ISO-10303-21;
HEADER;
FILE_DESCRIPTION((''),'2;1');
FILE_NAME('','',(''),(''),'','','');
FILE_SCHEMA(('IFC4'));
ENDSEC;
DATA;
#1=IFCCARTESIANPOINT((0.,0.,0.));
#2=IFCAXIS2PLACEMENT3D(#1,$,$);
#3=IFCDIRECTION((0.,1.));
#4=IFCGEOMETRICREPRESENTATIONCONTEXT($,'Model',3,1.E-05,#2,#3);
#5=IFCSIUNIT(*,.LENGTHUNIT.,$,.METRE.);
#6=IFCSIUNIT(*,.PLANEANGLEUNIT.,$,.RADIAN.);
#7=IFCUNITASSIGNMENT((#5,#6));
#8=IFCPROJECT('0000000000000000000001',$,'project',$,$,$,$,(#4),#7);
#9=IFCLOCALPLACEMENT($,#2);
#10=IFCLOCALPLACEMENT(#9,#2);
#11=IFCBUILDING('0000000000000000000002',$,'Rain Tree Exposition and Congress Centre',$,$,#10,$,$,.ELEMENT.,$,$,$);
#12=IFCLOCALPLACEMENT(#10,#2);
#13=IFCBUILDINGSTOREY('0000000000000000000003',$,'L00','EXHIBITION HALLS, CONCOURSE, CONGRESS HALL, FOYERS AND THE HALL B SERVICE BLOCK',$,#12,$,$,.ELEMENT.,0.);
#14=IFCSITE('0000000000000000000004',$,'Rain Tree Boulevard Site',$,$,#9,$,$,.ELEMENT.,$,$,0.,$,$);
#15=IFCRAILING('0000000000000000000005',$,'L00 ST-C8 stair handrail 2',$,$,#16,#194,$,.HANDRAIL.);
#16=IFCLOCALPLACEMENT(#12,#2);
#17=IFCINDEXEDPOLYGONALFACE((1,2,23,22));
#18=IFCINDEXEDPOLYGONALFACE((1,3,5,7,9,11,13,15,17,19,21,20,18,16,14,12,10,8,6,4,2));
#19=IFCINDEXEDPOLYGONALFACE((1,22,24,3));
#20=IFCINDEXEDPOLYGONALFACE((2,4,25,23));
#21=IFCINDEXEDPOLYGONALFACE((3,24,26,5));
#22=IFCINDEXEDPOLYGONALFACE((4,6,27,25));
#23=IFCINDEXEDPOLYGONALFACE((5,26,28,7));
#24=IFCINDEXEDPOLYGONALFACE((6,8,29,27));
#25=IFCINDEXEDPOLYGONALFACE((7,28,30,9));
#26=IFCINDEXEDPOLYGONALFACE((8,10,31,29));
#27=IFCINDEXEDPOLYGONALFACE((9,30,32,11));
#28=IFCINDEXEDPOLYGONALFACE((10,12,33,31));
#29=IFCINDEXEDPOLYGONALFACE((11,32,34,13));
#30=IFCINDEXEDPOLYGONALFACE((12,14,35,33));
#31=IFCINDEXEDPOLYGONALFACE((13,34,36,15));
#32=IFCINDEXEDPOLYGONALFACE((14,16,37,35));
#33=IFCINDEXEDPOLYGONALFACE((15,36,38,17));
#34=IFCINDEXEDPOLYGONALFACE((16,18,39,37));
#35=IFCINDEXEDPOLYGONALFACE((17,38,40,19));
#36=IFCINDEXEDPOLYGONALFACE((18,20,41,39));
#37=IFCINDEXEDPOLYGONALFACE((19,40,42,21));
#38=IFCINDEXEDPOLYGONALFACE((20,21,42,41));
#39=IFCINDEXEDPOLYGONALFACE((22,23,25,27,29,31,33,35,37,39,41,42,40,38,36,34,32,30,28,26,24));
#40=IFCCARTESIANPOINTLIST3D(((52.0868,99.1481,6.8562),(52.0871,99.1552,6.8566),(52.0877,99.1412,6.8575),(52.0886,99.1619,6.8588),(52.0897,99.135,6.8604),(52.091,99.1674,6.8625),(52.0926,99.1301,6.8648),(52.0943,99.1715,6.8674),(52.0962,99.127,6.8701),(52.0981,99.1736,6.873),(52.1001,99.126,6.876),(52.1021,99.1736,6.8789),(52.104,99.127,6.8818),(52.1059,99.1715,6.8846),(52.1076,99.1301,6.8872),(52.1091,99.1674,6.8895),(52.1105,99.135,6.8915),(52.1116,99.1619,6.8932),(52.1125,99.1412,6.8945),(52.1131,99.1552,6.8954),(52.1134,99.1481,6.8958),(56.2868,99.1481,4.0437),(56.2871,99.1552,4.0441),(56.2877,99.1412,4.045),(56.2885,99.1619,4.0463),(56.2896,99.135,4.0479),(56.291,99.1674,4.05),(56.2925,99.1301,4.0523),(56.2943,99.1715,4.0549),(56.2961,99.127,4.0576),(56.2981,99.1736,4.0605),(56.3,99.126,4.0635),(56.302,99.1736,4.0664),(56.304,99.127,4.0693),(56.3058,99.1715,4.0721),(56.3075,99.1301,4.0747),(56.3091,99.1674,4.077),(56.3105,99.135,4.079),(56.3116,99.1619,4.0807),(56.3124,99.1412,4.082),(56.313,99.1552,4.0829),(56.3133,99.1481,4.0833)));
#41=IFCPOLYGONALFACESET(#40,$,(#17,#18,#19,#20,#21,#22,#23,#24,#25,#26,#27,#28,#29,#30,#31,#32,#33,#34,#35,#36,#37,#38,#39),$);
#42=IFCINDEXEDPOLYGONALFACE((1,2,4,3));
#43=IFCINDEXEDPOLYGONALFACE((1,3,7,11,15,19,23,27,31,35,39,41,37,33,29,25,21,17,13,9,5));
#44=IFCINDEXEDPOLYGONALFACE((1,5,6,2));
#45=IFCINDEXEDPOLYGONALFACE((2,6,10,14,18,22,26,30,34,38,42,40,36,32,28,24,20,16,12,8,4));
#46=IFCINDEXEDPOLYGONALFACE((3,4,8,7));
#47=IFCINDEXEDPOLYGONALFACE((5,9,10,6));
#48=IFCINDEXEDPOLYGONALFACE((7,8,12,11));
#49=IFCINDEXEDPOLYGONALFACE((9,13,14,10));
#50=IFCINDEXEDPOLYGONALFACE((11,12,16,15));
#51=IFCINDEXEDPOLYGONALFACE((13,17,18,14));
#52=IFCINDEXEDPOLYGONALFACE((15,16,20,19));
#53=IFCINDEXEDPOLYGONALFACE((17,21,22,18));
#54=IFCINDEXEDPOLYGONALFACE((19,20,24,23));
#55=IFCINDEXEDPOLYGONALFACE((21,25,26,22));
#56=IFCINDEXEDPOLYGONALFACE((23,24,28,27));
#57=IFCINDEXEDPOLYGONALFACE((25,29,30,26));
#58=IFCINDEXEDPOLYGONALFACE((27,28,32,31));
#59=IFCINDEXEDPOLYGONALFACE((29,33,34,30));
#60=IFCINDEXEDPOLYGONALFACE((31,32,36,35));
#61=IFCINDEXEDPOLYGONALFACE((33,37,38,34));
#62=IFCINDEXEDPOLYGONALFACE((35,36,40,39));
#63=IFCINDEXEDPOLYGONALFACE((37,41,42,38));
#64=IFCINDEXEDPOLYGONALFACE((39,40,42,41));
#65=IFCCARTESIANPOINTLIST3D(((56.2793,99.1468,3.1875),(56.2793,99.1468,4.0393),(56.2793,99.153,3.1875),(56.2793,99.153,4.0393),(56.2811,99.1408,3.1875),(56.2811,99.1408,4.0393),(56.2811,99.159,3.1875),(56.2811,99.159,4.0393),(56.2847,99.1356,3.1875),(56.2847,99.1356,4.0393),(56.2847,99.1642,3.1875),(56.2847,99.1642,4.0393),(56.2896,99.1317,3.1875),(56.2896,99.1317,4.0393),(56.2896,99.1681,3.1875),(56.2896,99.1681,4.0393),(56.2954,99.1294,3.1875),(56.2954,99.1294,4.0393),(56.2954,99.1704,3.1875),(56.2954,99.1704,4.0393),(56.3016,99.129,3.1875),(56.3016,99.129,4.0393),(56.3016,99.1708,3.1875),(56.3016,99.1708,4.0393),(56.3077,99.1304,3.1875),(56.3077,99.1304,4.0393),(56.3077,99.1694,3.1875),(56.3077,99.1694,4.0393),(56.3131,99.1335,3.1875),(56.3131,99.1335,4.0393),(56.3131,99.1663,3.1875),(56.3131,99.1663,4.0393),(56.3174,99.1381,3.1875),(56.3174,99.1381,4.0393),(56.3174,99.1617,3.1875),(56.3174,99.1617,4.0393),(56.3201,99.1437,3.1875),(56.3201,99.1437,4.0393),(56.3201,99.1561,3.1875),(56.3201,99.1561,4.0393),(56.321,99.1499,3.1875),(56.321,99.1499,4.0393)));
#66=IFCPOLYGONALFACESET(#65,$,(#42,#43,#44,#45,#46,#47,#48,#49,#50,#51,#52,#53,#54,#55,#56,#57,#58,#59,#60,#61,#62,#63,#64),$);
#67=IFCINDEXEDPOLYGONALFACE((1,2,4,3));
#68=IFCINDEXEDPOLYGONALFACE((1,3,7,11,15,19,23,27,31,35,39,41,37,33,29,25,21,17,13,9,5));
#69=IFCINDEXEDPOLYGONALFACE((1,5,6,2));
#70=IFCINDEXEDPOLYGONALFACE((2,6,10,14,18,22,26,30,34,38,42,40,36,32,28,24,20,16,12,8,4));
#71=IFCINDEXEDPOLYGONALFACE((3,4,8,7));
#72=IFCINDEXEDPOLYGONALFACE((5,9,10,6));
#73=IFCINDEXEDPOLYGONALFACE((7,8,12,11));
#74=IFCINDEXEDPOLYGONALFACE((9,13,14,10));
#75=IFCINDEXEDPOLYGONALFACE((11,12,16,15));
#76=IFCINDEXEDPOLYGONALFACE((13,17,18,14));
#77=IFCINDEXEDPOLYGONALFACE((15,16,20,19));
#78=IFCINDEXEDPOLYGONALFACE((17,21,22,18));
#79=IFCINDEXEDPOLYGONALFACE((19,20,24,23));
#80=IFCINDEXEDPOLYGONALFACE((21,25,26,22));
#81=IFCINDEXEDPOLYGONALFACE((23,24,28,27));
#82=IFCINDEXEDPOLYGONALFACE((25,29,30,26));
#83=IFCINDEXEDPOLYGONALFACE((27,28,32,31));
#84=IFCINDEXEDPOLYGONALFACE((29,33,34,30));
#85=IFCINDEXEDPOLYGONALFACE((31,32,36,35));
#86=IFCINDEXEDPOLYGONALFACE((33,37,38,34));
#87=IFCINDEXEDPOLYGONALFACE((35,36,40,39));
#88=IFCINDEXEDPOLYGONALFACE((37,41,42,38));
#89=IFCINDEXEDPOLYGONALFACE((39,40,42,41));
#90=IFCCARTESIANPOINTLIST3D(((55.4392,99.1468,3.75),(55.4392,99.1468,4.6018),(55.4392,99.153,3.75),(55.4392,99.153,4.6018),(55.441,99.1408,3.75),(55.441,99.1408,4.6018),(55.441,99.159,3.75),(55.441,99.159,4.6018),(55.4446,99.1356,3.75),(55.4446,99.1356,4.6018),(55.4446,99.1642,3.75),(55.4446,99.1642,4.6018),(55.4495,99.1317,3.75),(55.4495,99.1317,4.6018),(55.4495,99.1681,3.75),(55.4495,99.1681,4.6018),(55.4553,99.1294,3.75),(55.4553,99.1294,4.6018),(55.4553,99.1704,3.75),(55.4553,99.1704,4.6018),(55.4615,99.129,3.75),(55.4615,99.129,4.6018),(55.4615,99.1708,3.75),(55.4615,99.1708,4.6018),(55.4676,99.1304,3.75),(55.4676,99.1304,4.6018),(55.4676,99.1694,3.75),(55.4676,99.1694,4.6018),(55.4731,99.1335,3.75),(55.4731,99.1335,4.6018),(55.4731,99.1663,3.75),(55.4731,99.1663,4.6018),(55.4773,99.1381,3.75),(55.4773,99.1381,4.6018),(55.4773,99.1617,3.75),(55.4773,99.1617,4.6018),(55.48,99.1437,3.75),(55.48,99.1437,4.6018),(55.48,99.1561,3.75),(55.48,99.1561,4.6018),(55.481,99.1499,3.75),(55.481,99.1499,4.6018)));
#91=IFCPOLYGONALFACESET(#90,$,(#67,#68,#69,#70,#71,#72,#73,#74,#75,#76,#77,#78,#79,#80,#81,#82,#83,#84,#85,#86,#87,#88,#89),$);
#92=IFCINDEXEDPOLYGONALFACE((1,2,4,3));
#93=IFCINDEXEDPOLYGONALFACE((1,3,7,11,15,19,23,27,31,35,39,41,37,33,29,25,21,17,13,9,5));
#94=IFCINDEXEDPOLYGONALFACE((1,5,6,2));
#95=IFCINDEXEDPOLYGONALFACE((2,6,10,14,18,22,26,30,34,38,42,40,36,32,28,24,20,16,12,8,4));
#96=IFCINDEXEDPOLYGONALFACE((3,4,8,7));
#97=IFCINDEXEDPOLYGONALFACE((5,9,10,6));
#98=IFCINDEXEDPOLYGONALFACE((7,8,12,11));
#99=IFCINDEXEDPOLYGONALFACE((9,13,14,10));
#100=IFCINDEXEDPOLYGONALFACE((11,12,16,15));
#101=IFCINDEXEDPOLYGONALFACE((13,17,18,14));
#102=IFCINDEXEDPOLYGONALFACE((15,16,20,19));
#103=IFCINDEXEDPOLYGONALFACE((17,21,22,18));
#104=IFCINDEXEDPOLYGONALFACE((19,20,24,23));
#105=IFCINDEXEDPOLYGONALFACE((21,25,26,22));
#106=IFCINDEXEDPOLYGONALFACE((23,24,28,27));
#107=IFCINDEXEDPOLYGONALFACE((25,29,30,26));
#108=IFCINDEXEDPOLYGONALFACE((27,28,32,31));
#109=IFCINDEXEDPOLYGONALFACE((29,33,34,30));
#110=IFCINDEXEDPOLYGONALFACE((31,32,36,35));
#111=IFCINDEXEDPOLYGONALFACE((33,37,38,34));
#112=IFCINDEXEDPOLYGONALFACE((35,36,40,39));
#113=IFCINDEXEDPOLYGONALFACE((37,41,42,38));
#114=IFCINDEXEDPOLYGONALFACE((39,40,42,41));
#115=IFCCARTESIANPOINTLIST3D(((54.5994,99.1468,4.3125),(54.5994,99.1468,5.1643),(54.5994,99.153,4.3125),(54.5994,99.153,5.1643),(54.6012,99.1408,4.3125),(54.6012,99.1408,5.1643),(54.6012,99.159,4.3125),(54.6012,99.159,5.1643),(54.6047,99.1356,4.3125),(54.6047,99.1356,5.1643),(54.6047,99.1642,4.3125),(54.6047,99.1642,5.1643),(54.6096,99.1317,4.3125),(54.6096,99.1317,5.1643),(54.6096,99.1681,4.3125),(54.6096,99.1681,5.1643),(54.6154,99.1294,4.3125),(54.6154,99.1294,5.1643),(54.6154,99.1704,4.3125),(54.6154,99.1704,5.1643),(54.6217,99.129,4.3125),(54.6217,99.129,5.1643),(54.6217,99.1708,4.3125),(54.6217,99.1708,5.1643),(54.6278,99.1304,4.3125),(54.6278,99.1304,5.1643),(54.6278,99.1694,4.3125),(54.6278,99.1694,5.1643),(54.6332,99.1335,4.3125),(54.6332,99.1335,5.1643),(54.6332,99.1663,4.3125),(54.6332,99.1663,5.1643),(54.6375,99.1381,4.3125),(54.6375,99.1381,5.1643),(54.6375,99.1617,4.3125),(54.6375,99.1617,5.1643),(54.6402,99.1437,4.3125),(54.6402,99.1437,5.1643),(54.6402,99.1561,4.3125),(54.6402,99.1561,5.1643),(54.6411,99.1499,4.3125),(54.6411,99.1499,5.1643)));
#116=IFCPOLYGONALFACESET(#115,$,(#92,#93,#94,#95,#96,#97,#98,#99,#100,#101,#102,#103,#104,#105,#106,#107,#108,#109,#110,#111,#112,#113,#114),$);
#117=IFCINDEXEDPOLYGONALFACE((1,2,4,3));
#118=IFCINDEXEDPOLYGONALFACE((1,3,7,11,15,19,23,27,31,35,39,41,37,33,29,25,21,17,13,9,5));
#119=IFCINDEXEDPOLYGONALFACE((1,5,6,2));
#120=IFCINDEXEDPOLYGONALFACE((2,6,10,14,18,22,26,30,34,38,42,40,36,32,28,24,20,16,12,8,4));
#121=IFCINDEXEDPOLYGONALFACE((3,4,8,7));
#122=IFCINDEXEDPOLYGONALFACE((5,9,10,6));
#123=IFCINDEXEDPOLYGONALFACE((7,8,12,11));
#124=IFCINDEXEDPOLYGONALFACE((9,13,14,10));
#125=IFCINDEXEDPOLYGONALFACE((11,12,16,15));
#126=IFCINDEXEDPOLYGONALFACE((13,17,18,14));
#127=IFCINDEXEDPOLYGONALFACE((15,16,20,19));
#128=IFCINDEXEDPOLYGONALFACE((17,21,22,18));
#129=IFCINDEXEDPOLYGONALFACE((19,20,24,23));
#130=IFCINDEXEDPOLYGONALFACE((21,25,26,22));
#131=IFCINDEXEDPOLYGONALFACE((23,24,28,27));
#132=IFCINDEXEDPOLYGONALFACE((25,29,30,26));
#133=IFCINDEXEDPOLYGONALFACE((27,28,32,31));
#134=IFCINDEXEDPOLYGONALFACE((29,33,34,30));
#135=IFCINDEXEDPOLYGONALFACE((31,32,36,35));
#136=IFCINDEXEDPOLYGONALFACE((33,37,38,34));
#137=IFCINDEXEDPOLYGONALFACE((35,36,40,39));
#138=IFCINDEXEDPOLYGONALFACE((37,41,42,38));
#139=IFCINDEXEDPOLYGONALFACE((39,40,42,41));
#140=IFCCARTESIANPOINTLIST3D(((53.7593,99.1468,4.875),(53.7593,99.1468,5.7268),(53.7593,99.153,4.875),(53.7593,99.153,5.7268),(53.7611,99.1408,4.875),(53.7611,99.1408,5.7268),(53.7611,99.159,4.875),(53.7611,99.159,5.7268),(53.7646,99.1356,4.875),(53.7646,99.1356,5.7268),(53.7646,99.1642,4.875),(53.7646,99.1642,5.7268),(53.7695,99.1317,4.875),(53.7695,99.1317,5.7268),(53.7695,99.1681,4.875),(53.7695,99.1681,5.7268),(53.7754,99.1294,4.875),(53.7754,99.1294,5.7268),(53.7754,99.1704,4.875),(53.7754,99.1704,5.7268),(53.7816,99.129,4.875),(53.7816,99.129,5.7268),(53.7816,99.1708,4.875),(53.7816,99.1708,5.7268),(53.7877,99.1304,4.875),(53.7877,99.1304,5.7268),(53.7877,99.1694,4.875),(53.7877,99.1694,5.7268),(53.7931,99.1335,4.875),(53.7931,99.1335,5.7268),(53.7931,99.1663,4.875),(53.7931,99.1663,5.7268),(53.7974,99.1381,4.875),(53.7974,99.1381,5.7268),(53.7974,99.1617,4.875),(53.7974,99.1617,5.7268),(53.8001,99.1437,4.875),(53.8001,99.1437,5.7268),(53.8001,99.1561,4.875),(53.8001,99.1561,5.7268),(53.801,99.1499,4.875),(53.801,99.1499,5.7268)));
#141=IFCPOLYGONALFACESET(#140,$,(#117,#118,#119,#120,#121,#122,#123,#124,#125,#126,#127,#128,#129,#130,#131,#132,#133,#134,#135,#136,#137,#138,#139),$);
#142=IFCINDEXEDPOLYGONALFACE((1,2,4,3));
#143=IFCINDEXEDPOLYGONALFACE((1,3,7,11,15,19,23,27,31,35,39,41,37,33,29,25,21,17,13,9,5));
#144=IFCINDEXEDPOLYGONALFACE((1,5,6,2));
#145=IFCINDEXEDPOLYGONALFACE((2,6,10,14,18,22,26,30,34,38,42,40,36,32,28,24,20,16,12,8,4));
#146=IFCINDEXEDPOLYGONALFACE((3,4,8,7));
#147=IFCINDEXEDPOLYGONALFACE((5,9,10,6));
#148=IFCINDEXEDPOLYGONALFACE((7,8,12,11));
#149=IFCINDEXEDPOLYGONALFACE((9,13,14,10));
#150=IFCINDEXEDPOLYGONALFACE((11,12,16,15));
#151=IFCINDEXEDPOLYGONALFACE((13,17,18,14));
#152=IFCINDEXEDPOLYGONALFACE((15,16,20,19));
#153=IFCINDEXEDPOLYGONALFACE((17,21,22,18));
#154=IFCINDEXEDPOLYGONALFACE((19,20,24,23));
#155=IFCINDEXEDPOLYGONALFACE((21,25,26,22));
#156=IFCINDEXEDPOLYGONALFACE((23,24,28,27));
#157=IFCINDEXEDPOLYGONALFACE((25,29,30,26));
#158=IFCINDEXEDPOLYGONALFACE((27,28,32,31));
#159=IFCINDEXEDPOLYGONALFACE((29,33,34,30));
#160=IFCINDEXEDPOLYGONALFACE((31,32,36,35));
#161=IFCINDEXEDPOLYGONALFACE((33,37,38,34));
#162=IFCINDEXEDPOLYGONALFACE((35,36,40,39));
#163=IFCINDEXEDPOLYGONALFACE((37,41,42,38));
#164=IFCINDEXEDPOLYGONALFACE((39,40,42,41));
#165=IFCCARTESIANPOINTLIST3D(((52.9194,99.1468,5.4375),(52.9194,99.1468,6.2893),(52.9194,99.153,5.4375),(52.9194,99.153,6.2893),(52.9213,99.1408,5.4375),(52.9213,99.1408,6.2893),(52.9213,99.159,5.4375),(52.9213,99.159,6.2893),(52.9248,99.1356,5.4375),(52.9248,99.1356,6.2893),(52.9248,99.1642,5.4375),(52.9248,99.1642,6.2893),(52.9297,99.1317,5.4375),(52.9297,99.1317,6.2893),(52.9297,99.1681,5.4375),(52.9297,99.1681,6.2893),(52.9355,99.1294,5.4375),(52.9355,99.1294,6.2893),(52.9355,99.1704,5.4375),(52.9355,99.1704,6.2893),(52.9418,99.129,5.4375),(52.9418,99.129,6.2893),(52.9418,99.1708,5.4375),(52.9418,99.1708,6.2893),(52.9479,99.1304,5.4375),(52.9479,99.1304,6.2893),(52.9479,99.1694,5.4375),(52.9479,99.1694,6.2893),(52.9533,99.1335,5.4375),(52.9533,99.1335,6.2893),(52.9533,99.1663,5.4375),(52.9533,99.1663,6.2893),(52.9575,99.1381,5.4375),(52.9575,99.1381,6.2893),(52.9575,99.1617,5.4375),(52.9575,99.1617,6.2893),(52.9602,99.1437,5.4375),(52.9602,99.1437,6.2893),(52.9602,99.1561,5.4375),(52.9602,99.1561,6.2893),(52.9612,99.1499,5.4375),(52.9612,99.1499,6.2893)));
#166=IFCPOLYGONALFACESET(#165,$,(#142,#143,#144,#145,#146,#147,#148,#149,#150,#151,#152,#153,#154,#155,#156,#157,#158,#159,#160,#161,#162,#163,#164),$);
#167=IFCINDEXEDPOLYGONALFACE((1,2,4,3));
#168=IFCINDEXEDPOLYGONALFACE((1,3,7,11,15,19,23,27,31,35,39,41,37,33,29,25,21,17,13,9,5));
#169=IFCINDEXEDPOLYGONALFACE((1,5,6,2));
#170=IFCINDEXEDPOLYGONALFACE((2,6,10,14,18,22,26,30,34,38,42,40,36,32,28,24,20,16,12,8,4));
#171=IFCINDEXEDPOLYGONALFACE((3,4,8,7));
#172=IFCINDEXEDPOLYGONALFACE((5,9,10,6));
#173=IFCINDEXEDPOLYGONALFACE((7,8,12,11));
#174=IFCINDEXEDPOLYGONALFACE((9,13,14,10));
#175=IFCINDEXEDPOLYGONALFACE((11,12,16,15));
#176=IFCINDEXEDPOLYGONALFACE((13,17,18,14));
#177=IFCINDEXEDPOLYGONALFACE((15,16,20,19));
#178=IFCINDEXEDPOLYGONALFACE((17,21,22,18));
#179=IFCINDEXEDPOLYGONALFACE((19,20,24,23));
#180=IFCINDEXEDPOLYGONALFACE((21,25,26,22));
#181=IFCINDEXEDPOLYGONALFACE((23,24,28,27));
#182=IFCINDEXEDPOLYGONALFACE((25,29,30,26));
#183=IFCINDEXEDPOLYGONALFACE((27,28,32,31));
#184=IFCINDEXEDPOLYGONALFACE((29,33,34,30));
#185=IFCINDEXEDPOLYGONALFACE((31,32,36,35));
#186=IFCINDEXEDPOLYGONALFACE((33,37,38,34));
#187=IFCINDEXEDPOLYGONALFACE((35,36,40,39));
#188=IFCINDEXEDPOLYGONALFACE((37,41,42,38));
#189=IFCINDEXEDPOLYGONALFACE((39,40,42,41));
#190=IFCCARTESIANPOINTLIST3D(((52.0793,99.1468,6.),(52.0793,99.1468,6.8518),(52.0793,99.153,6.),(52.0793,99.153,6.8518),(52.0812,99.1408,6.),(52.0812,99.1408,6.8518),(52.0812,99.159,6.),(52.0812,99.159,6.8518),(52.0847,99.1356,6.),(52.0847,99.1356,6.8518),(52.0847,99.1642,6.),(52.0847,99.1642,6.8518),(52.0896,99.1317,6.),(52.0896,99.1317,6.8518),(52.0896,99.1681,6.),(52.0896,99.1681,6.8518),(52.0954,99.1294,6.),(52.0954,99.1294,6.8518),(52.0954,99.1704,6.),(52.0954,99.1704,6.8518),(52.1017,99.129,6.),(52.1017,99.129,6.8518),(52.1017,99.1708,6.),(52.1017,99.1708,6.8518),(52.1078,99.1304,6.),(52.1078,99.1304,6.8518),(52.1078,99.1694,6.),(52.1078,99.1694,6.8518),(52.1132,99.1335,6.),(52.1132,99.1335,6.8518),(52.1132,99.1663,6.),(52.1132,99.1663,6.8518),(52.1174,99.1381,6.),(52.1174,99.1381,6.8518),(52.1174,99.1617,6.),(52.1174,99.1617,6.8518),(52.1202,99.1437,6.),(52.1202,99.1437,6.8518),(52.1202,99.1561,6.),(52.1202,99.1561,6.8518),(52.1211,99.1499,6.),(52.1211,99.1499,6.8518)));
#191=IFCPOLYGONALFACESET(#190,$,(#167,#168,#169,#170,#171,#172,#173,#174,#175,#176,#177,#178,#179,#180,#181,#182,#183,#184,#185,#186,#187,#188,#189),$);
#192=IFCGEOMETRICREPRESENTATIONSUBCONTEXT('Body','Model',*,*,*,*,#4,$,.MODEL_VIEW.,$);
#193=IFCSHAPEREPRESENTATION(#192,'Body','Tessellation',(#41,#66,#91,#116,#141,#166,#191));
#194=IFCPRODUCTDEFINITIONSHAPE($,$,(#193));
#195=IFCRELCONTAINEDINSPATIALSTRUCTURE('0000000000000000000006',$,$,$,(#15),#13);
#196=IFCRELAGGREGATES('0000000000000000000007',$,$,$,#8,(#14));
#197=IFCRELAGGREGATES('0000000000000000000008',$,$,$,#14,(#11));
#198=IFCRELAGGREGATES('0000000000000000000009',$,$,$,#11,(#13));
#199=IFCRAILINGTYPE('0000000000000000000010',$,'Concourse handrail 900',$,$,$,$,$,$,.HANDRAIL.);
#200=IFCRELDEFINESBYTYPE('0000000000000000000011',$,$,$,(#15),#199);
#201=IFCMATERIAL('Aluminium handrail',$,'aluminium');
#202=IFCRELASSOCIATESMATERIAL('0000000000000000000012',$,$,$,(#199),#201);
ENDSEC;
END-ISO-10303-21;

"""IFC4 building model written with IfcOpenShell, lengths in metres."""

from ifc_helpers import new_model, si_unit, direction, frame, origin, origin_2d, place, context, subcontext, project, spatial, circle, extrude, material, type_object, element, save


model = new_model("IFC4")

# Units and contexts
model_context = context("Model", 3, precision=1e-05, world=origin(), true_north=direction((0.0, 1.0)))
body_context = subcontext(model_context, "Body", "Model", "MODEL_VIEW")
ifc_project = project(units=[si_unit("LENGTHUNIT", "METRE"), si_unit("PLANEANGLEUNIT", "RADIAN")], contexts=[model_context])

# Site, building, storey
site_placement = place(None, origin())
site = spatial("IfcSite", under=ifc_project, at=site_placement, Name="Rain Tree Boulevard Site", CompositionType="ELEMENT", RefElevation=0.0)
building_placement = place(site_placement, origin())
building = spatial("IfcBuilding", under=site, at=building_placement, Name="Rain Tree Exposition and Congress Centre", CompositionType="ELEMENT")
storey_placement = place(building_placement, origin())
storey = spatial("IfcBuildingStorey", under=building, at=storey_placement, Name="L00", Description="EXHIBITION HALLS, CONCOURSE, CONGRESS HALL, FOYERS AND THE HALL B SERVICE BLOCK", CompositionType="ELEMENT", Elevation=0.0)

# Railing
ifc_material_1 = material(Name="Aluminium handrail", Category="aluminium")
railing_type_1 = type_object("IfcRailingType", Name="Concourse handrail 900", PredefinedType="HANDRAIL", material=ifc_material_1)
railing_1_placement = place(storey_placement, frame((56.3, 99.1499, 3.1875)))
element("IfcRailing", 1, at=railing_1_placement, inside=storey, type_object=railing_type_1, Name="L00 ST-C8 stair handrail 2", PredefinedType="HANDRAIL", context=body_context, shape_type="SweptSolid", body=[
    extrude(circle(Radius=0.0239, at=origin_2d()), frame((0.0, 0.0, 0.876), z_axis=(-0.830904, 0.0, 0.556416), x_axis=(0.0, -1.0, 0.0)), (0.0, 0.0, 1.0), 5.0547),
    extrude(circle(Radius=0.021, at=origin_2d()), origin(), (0.0, 0.0, 1.0), 0.8518),
    extrude(circle(Radius=0.021, at=origin_2d()), frame((-0.8401, 0.0, 0.5625)), (0.0, 0.0, 1.0), 0.8518),
    extrude(circle(Radius=0.021, at=origin_2d()), frame((-1.6799, 0.0, 1.125)), (0.0, 0.0, 1.0), 0.8518),
    extrude(circle(Radius=0.021, at=origin_2d()), frame((-2.52, 0.0, 1.6875)), (0.0, 0.0, 1.0), 0.8518),
    extrude(circle(Radius=0.021, at=origin_2d()), frame((-3.3599, 0.0, 2.25)), (0.0, 0.0, 1.0), 0.8518),
    extrude(circle(Radius=0.021, at=origin_2d()), frame((-4.2, 0.0, 2.8125)), (0.0, 0.0, 1.0), 0.8518),
])

save(model, "model.ifc")
